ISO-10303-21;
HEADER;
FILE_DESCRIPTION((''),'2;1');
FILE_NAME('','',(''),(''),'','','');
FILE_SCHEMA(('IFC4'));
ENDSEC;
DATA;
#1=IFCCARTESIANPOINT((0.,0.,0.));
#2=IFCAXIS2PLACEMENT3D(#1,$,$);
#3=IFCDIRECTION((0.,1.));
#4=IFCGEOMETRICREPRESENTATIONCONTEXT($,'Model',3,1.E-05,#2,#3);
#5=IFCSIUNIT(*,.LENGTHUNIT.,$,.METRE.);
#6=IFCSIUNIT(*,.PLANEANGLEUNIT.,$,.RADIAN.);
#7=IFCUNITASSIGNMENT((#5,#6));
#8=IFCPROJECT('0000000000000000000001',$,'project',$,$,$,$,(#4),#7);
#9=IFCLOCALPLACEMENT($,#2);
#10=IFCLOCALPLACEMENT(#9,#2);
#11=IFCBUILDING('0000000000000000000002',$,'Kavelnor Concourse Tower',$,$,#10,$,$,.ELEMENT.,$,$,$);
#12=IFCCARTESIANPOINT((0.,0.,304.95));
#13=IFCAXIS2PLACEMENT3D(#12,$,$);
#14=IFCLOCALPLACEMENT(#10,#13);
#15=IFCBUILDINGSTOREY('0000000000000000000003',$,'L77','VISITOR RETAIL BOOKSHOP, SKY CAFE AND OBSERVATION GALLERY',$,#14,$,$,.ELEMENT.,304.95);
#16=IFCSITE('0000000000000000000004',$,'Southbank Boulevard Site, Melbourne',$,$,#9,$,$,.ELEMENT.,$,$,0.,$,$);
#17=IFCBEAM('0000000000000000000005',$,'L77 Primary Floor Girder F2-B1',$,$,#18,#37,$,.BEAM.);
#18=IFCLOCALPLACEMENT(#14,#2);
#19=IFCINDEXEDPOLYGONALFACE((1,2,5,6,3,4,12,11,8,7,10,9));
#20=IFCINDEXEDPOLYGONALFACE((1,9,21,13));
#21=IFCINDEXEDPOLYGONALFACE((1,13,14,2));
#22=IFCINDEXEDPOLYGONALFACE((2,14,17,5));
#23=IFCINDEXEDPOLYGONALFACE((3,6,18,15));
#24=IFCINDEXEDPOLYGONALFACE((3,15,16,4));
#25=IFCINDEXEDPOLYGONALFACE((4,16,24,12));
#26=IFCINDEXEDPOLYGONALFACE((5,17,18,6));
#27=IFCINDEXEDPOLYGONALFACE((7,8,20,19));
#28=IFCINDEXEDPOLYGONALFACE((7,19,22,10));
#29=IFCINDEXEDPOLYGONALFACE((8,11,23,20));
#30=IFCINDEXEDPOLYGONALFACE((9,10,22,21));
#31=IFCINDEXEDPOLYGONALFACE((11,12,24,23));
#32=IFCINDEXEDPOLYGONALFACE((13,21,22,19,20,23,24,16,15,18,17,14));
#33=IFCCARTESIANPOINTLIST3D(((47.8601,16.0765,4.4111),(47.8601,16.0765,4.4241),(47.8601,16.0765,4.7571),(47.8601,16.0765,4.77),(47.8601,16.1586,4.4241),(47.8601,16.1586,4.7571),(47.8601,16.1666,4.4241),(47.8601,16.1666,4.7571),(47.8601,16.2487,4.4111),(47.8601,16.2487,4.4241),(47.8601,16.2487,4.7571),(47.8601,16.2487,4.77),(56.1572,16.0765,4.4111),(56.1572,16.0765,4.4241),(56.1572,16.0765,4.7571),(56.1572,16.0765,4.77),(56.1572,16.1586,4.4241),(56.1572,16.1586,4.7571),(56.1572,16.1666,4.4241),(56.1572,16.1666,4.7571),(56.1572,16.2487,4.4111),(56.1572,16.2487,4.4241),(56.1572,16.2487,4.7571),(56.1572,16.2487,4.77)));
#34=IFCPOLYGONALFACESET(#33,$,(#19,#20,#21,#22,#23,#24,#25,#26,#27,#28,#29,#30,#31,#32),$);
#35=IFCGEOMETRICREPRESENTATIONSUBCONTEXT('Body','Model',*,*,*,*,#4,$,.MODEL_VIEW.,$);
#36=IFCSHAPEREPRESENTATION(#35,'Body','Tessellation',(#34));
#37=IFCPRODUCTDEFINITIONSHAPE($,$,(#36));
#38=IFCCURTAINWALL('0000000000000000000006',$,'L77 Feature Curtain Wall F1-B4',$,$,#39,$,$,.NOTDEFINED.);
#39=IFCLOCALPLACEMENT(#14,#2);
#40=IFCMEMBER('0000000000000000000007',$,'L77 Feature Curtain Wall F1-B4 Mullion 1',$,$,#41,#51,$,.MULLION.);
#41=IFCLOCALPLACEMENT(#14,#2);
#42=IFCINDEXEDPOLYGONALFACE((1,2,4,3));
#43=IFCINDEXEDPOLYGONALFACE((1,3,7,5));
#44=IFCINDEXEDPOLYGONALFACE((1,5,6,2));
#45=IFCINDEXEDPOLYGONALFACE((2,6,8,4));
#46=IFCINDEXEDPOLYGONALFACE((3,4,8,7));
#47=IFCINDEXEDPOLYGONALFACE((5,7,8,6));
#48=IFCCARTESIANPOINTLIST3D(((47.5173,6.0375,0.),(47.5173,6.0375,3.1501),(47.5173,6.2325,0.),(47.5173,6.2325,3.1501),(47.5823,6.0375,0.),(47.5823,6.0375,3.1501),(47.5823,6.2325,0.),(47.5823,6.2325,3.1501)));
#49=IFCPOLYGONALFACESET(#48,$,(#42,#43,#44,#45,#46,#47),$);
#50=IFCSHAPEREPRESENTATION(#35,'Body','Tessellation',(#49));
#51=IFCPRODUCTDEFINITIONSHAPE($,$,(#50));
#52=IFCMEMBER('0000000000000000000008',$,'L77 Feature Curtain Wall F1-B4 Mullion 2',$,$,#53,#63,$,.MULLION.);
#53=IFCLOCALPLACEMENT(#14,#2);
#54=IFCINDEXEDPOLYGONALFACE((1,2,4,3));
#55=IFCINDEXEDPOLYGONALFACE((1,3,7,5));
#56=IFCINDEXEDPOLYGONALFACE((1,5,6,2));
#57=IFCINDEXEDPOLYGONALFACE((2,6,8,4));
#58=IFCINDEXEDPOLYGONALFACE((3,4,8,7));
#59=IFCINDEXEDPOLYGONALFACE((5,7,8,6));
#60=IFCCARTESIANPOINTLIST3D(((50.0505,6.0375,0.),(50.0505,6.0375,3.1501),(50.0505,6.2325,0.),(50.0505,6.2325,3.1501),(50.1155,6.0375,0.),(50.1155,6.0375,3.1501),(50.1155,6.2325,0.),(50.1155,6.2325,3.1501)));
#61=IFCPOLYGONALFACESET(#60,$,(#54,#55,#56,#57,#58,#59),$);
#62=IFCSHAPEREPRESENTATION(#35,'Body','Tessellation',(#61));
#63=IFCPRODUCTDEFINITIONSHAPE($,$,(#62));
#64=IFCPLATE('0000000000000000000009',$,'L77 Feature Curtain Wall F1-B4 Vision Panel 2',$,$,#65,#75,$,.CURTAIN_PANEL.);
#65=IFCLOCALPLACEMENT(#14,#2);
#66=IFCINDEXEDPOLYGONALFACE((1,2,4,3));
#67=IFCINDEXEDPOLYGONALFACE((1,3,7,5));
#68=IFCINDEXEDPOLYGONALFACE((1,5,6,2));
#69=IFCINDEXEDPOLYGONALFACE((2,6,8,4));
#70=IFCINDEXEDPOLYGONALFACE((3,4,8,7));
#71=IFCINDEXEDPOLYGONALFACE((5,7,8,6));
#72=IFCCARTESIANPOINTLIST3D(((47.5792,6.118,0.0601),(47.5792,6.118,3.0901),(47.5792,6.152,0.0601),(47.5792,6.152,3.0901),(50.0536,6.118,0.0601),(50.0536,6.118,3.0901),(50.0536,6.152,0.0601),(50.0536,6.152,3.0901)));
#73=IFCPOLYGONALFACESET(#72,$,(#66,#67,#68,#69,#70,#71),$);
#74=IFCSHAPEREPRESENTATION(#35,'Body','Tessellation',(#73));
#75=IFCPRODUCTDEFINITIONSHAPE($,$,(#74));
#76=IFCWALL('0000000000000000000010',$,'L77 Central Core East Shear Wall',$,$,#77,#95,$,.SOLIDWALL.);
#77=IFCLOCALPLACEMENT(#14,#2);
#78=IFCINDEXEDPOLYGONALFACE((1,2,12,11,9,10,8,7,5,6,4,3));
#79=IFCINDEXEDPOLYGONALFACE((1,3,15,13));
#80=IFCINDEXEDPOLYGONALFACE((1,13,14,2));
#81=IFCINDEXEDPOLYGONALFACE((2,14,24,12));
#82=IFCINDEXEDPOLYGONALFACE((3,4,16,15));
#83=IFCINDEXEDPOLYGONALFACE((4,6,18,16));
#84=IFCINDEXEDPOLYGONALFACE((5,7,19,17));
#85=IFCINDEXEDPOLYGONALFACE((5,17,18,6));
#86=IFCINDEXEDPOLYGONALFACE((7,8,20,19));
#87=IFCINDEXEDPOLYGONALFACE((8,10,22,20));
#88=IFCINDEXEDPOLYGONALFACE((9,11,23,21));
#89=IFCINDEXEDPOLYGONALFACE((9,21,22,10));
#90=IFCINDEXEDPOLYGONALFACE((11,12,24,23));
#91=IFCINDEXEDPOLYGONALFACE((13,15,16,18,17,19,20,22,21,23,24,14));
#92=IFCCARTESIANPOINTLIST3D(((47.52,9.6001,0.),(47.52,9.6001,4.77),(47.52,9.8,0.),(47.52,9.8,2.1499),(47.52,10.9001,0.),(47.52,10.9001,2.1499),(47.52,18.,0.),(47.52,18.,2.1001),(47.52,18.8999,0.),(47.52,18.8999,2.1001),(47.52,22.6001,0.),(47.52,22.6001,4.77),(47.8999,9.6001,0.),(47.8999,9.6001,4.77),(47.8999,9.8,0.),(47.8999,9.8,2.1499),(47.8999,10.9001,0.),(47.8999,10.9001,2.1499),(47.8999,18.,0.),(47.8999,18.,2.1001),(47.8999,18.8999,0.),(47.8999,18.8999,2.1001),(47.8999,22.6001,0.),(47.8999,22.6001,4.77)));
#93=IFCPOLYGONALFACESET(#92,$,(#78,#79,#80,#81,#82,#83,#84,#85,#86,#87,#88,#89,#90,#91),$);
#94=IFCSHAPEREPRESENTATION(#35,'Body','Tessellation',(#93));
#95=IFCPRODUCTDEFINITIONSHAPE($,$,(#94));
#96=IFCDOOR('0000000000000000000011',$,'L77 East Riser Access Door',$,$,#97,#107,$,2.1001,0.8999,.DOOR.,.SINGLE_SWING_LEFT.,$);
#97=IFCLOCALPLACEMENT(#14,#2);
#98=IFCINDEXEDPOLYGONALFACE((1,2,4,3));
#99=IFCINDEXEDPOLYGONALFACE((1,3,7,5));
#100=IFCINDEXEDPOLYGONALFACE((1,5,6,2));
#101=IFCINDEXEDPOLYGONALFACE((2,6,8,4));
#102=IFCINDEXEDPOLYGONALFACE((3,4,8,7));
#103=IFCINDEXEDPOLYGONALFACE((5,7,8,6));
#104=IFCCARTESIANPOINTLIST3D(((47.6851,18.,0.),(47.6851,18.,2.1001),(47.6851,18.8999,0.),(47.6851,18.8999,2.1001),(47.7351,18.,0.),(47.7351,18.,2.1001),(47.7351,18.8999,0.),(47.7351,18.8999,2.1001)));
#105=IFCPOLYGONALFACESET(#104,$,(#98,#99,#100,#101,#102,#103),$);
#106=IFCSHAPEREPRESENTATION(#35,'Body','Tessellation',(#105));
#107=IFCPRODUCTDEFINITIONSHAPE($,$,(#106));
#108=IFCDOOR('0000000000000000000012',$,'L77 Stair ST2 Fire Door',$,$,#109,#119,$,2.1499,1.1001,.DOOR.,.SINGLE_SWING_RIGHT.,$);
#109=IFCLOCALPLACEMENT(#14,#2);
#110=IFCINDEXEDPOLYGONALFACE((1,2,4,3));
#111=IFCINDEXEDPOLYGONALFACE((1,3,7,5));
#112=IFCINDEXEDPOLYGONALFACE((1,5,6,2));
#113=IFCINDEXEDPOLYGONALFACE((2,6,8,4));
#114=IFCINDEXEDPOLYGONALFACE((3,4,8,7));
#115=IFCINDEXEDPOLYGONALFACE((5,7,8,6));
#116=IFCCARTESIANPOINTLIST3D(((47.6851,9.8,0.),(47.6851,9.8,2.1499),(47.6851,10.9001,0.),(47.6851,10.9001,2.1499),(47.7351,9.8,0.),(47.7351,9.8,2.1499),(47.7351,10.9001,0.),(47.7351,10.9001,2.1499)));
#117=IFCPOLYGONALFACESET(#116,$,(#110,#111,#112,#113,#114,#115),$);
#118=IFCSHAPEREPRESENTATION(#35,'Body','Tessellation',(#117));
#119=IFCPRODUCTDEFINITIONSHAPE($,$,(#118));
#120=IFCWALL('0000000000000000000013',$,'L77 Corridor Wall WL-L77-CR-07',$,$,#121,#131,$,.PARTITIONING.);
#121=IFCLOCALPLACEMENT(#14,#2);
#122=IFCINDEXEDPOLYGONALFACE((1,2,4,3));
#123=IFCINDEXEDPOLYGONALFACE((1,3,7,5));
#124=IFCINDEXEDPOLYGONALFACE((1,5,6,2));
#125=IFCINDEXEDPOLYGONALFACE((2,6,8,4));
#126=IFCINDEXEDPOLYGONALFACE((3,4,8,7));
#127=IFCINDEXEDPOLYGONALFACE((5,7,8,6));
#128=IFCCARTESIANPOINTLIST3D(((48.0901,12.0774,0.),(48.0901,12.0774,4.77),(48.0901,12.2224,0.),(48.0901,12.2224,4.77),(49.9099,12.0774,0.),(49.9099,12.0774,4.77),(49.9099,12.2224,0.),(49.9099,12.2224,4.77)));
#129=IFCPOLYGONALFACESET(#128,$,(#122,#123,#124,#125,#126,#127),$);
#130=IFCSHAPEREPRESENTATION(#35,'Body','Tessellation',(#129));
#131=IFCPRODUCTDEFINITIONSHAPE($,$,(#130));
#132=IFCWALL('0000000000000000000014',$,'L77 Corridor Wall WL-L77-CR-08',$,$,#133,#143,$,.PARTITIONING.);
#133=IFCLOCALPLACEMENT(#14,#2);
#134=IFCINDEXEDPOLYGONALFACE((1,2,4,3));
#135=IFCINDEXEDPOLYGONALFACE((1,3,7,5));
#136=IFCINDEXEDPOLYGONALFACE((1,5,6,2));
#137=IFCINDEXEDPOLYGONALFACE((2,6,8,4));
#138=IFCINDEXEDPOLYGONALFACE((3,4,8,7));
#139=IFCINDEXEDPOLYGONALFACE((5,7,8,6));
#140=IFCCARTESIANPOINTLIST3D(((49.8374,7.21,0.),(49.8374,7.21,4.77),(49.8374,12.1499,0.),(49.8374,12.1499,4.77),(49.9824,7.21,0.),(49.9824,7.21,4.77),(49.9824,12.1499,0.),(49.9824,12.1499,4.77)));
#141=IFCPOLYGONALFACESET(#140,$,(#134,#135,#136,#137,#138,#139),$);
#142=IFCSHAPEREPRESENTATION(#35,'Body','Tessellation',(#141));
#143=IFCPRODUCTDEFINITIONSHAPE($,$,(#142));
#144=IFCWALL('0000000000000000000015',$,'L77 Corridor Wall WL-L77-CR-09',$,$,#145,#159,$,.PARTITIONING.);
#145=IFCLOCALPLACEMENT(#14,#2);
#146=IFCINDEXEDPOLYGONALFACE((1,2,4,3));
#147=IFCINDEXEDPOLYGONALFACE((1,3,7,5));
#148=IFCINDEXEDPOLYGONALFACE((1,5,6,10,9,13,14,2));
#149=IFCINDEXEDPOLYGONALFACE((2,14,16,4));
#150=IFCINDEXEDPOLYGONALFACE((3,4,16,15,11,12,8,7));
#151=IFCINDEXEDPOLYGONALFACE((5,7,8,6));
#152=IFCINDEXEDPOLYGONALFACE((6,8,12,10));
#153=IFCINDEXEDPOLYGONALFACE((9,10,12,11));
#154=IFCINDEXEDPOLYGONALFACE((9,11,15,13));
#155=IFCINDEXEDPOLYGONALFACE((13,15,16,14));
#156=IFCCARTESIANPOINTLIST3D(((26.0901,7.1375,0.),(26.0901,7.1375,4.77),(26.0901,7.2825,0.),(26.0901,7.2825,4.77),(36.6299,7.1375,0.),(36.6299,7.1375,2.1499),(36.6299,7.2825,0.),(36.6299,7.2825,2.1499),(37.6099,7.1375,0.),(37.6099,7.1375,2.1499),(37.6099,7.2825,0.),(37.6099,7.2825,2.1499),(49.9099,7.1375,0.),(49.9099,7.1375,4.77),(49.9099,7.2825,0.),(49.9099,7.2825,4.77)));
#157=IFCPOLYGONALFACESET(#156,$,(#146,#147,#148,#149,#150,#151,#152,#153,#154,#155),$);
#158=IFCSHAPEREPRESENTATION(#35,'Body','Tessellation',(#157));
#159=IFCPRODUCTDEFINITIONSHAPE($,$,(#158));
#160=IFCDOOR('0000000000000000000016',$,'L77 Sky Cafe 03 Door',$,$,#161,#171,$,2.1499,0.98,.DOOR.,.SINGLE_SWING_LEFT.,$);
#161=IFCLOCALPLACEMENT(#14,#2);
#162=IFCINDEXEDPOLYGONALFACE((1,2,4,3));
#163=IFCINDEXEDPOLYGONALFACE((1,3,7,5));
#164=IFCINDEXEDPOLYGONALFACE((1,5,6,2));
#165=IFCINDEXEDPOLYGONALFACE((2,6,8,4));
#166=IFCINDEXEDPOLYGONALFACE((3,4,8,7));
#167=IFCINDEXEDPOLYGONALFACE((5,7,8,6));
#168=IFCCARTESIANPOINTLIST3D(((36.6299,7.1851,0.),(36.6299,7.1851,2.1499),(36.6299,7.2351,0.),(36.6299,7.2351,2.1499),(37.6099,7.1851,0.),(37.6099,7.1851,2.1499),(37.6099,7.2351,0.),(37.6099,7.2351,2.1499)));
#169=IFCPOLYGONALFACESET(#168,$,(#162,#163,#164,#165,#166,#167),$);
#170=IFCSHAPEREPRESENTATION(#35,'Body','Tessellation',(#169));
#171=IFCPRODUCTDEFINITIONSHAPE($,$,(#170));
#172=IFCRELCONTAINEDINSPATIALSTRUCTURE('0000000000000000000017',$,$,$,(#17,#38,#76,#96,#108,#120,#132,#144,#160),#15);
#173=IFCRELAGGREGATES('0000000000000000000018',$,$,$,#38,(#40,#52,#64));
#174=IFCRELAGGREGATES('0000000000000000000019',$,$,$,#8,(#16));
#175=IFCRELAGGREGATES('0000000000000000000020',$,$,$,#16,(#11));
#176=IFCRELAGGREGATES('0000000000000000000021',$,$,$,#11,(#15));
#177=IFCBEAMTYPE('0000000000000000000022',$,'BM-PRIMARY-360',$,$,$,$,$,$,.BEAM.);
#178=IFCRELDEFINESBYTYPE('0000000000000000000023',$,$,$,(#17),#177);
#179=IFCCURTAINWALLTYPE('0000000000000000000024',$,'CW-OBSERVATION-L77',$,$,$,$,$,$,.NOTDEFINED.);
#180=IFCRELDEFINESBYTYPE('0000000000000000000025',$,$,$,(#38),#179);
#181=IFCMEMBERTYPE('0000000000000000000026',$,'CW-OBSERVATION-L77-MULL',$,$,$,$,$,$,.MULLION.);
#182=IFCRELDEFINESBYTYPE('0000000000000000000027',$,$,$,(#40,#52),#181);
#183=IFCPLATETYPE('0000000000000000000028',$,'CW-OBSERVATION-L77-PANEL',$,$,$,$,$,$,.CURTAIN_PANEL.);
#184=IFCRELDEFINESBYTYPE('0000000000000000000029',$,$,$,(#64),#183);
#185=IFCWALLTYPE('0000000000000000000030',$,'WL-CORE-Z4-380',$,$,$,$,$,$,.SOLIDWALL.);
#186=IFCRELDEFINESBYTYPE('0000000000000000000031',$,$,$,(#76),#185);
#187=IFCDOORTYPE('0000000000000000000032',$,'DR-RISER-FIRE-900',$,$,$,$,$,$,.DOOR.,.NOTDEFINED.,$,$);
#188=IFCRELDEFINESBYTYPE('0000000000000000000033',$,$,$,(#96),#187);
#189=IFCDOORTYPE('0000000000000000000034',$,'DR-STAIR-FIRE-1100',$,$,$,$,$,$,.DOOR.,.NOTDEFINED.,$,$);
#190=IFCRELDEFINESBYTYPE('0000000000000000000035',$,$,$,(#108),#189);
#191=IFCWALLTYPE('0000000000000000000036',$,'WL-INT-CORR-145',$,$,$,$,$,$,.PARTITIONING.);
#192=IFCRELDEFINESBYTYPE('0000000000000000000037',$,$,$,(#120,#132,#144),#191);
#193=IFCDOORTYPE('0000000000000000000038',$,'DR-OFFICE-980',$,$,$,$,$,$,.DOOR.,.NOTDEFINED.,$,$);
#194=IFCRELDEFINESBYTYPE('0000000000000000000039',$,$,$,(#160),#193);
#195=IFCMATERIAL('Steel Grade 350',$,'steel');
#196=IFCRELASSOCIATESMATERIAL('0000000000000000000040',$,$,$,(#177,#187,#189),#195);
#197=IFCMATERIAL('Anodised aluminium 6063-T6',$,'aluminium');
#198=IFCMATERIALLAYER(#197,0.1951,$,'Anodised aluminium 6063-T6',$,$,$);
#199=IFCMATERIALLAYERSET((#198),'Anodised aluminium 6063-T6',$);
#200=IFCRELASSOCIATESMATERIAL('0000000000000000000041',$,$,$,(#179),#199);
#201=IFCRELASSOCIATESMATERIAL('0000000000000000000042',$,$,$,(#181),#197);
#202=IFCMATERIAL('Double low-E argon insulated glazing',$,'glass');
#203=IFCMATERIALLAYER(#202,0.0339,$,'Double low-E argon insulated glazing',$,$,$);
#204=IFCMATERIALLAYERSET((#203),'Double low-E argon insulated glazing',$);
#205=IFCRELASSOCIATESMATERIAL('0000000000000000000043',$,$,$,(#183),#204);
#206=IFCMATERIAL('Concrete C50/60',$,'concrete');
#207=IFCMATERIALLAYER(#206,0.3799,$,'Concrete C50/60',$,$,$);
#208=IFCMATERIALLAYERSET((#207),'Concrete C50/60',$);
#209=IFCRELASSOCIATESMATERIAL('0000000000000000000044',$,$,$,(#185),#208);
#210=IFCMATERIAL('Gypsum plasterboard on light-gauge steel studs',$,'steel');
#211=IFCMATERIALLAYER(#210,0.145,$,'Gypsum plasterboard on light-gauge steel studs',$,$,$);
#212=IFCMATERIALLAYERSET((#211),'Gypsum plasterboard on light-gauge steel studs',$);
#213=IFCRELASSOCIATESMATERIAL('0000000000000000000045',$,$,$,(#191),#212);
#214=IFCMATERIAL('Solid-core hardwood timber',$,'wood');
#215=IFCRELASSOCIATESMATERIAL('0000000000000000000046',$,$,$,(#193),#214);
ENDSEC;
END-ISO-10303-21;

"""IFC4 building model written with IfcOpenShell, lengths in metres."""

from ifc_helpers import new_model, si_unit, direction, frame, frame_2d, origin, origin_2d, place, context, subcontext, project, spatial, rectangle, i_section, extrude, material, layer, layer_set, material_profile, profile_set, type_object, element, fill, aggregate, save


model = new_model("IFC4")

# Units and contexts
model_context = context("Model", 3, precision=1e-05, world=origin(), true_north=direction((0.0, 1.0)))
body_context = subcontext(model_context, "Body", "Model", "MODEL_VIEW")
ifc_project = project(units=[si_unit("LENGTHUNIT", "METRE"), si_unit("PLANEANGLEUNIT", "RADIAN")], contexts=[model_context])

# Site, building, storey
site_placement = place(None, origin())
site = spatial("IfcSite", under=ifc_project, at=site_placement, Name="Southbank Boulevard Site, Melbourne", CompositionType="ELEMENT", RefElevation=0.0)
building_placement = place(site_placement, origin())
building = spatial("IfcBuilding", under=site, at=building_placement, Name="Kavelnor Concourse Tower", CompositionType="ELEMENT")
storey_placement = place(building_placement, frame((0.0, 0.0, 304.95)))
storey = spatial("IfcBuildingStorey", under=building, at=storey_placement, Name="L77", Description="VISITOR RETAIL BOOKSHOP, SKY CAFE AND OBSERVATION GALLERY", CompositionType="ELEMENT", Elevation=304.95)

# Shared definitions
ifc_material_1 = material(Name="Steel Grade 350", Category="steel")

# Beam
ifc_material_profile_1 = material_profile(ifc_material_1, i_section(OverallWidth=0.1721, OverallDepth=0.3589, WebThickness=0.0081, FlangeThickness=0.0129, at=origin_2d()), Name="360UB56")
ifc_profile_set_1 = profile_set([ifc_material_profile_1], Name="Steel Grade 350")
beam_type_1 = type_object("IfcBeamType", Name="BM-PRIMARY-360", PredefinedType="BEAM", material=ifc_profile_set_1)
beam_1_placement = place(storey_placement, frame((47.8601, 16.1626, 4.5906), z_axis=(1.0, 0.0, 0.0), x_axis=(0.0, 1.0, 0.0)))
element("IfcBeam", 1, at=beam_1_placement, inside=storey, type_object=beam_type_1, Name="L77 Primary Floor Girder F2-B1", PredefinedType="BEAM", context=body_context, shape_type="SweptSolid", body=[
    extrude(i_section(OverallWidth=0.1721, OverallDepth=0.3589, WebThickness=0.0081, FlangeThickness=0.0129, at=origin_2d()), origin(), (0.0, 0.0, 1.0), 8.2971),
])

# Curtain wall, members, plate
ifc_material_2 = material(Name="Anodised aluminium 6063-T6", Category="aluminium")
ifc_layer_1 = layer(ifc_material_2, 0.1951, Name="Anodised aluminium 6063-T6")
ifc_layer_set_1 = layer_set([ifc_layer_1], Name="Anodised aluminium 6063-T6")
curtain_wall_type = type_object("IfcCurtainWallType", Name="CW-OBSERVATION-L77", PredefinedType="NOTDEFINED", material=ifc_layer_set_1)
curtain_wall_placement = place(storey_placement, origin())
curtain_wall = element("IfcCurtainWall", 2, at=curtain_wall_placement, inside=storey, type_object=curtain_wall_type, Name="L77 Feature Curtain Wall F1-B4", PredefinedType="NOTDEFINED")
ifc_material_profile_2 = material_profile(ifc_material_2, rectangle(XDim=0.0649, YDim=0.1951, at=origin_2d()), Name="AL-MULL 65x195")
ifc_profile_set_2 = profile_set([ifc_material_profile_2], Name="Anodised aluminium 6063-T6")
member_type = type_object("IfcMemberType", Name="CW-OBSERVATION-L77-MULL", PredefinedType="MULLION", material=ifc_profile_set_2)
member_1_placement = place(storey_placement, frame((47.5498, 6.135, 0.0), z_axis=(0.0, 0.0, 1.0), x_axis=(1.0, 0.0, 0.0)))
member_1 = element("IfcMember", 3, at=member_1_placement, type_object=member_type, Name="L77 Feature Curtain Wall F1-B4 Mullion 1", PredefinedType="MULLION", context=body_context, shape_type="SweptSolid", body=[
    extrude(rectangle(XDim=0.0649, YDim=0.1951, at=origin_2d()), origin(), (0.0, 0.0, 1.0), 3.1501),
])
member_2_placement = place(storey_placement, frame((50.083, 6.135, 0.0), z_axis=(0.0, 0.0, 1.0), x_axis=(1.0, 0.0, 0.0)))
member_2 = element("IfcMember", 4, at=member_2_placement, type_object=member_type, Name="L77 Feature Curtain Wall F1-B4 Mullion 2", PredefinedType="MULLION", context=body_context, shape_type="SweptSolid", body=[
    extrude(rectangle(XDim=0.0649, YDim=0.1951, at=origin_2d()), origin(), (0.0, 0.0, 1.0), 3.1501),
])
ifc_material_3 = material(Name="Double low-E argon insulated glazing", Category="glass")
ifc_layer_2 = layer(ifc_material_3, 0.0339, Name="Double low-E argon insulated glazing")
ifc_layer_set_2 = layer_set([ifc_layer_2], Name="Double low-E argon insulated glazing")
plate_type = type_object("IfcPlateType", Name="CW-OBSERVATION-L77-PANEL", PredefinedType="CURTAIN_PANEL", material=ifc_layer_set_2)
plate_placement = place(storey_placement, frame((48.8164, 6.135, 0.0601), z_axis=(0.0, 0.0, 1.0), x_axis=(1.0, 0.0, 0.0)))
plate = element("IfcPlate", 5, at=plate_placement, type_object=plate_type, Name="L77 Feature Curtain Wall F1-B4 Vision Panel 2", PredefinedType="CURTAIN_PANEL", context=body_context, shape_type="SweptSolid", body=[
    extrude(rectangle(XDim=2.4744, YDim=0.0339, at=origin_2d()), origin(), (0.0, 0.0, 1.0), 3.03),
])
aggregate(curtain_wall, [member_1, member_2, plate])

# Wall, openings, doors
ifc_material_4 = material(Name="Concrete C50/60", Category="concrete")
ifc_layer_3 = layer(ifc_material_4, 0.3799, Name="Concrete C50/60")
ifc_layer_set_3 = layer_set([ifc_layer_3], Name="Concrete C50/60")
wall_type_1 = type_object("IfcWallType", Name="WL-CORE-Z4-380", PredefinedType="SOLIDWALL", material=ifc_layer_set_3)
wall_1_placement = place(storey_placement, frame((47.71, 9.6001, 0.0), z_axis=(0.0, 0.0, 1.0), x_axis=(0.0, 1.0, 0.0)))
wall_1 = element("IfcWall", 6, at=wall_1_placement, inside=storey, type_object=wall_type_1, Name="L77 Central Core East Shear Wall", PredefinedType="SOLIDWALL", context=body_context, shape_type="SweptSolid", body=[
    extrude(rectangle(XDim=13.0, YDim=0.3799, at=frame_2d((6.5, 0.0))), origin(), (0.0, 0.0, 1.0), 4.77),
])
opening_1_placement = place(wall_1_placement, frame((0.2, 0.0, 0.0)))
opening_1 = element("IfcOpeningElement", 7, at=opening_1_placement, cuts=wall_1, PredefinedType="OPENING", context=body_context, shape_type="SweptSolid", body=[
    extrude(rectangle(XDim=1.1001, YDim=2.1499, at=frame_2d((0.55, 1.075))), frame((0.0, 0.2, 0.0), z_axis=(0.0, -1.0, 0.0), x_axis=(1.0, 0.0, 0.0)), (0.0, 0.0, 1.0), 0.3999),
])
opening_2_placement = place(wall_1_placement, frame((8.3999, 0.0, 0.0)))
opening_2 = element("IfcOpeningElement", 8, at=opening_2_placement, cuts=wall_1, PredefinedType="OPENING", context=body_context, shape_type="SweptSolid", body=[
    extrude(rectangle(XDim=0.8999, YDim=2.1001, at=frame_2d((0.45, 1.05))), frame((0.0, 0.2, 0.0), z_axis=(0.0, -1.0, 0.0), x_axis=(1.0, 0.0, 0.0)), (0.0, 0.0, 1.0), 0.3999),
])
door_type_1 = type_object("IfcDoorType", Name="DR-RISER-FIRE-900", OperationType="NOTDEFINED", PredefinedType="DOOR", material=ifc_material_1)
door_1_placement = place(opening_2_placement, origin())
door_1 = element("IfcDoor", 9, at=door_1_placement, inside=storey, type_object=door_type_1, Name="L77 East Riser Access Door", OperationType="SINGLE_SWING_LEFT", OverallHeight=2.1001, OverallWidth=0.8999, PredefinedType="DOOR", context=body_context, shape_type="SweptSolid", body=[
    extrude(rectangle(XDim=0.8999, YDim=2.1001, at=frame_2d((0.45, 1.05))), frame((0.0, 0.0249, 0.0), z_axis=(0.0, -1.0, 0.0), x_axis=(1.0, 0.0, 0.0)), (0.0, 0.0, 1.0), 0.05),
])
fill(opening_2, door_1)
door_type_2 = type_object("IfcDoorType", Name="DR-STAIR-FIRE-1100", OperationType="NOTDEFINED", PredefinedType="DOOR", material=ifc_material_1)
door_2_placement = place(opening_1_placement, origin())
door_2 = element("IfcDoor", 10, at=door_2_placement, inside=storey, type_object=door_type_2, Name="L77 Stair ST2 Fire Door", OperationType="SINGLE_SWING_RIGHT", OverallHeight=2.1499, OverallWidth=1.1001, PredefinedType="DOOR", context=body_context, shape_type="SweptSolid", body=[
    extrude(rectangle(XDim=1.1001, YDim=2.1499, at=frame_2d((0.55, 1.075))), frame((0.0, 0.0249, 0.0), z_axis=(0.0, -1.0, 0.0), x_axis=(1.0, 0.0, 0.0)), (0.0, 0.0, 1.0), 0.05),
])
fill(opening_1, door_2)

# Walls
ifc_material_5 = material(Name="Gypsum plasterboard on light-gauge steel studs", Category="steel")
ifc_layer_4 = layer(ifc_material_5, 0.145, Name="Gypsum plasterboard on light-gauge steel studs")
ifc_layer_set_4 = layer_set([ifc_layer_4], Name="Gypsum plasterboard on light-gauge steel studs")
wall_type_2 = type_object("IfcWallType", Name="WL-INT-CORR-145", PredefinedType="PARTITIONING", material=ifc_layer_set_4)
wall_2_placement = place(storey_placement, frame((48.0901, 12.1499, 0.0), z_axis=(0.0, 0.0, 1.0), x_axis=(1.0, 0.0, 0.0)))
element("IfcWall", 11, at=wall_2_placement, inside=storey, type_object=wall_type_2, Name="L77 Corridor Wall WL-L77-CR-07", PredefinedType="PARTITIONING", context=body_context, shape_type="SweptSolid", body=[
    extrude(rectangle(XDim=1.8198, YDim=0.145, at=frame_2d((0.9099, 0.0))), origin(), (0.0, 0.0, 1.0), 4.77),
])
wall_3_placement = place(storey_placement, frame((49.9099, 12.1499, 0.0), z_axis=(0.0, 0.0, 1.0), x_axis=(0.0, -1.0, 0.0)))
element("IfcWall", 12, at=wall_3_placement, inside=storey, type_object=wall_type_2, Name="L77 Corridor Wall WL-L77-CR-08", PredefinedType="PARTITIONING", context=body_context, shape_type="SweptSolid", body=[
    extrude(rectangle(XDim=4.9399, YDim=0.145, at=frame_2d((2.47, 0.0))), origin(), (0.0, 0.0, 1.0), 4.77),
])

# Wall, opening, door
wall_4_placement = place(storey_placement, frame((49.9099, 7.21, 0.0), z_axis=(0.0, 0.0, 1.0), x_axis=(-1.0, 0.0, 0.0)))
wall_4 = element("IfcWall", 13, at=wall_4_placement, inside=storey, type_object=wall_type_2, Name="L77 Corridor Wall WL-L77-CR-09", PredefinedType="PARTITIONING", context=body_context, shape_type="SweptSolid", body=[
    extrude(rectangle(XDim=23.8198, YDim=0.145, at=frame_2d((11.9099, 0.0))), origin(), (0.0, 0.0, 1.0), 4.77),
])
opening_3_placement = place(wall_4_placement, frame((12.3, 0.0, 0.0)))
opening_3 = element("IfcOpeningElement", 14, at=opening_3_placement, cuts=wall_4, PredefinedType="OPENING", context=body_context, shape_type="SweptSolid", body=[
    extrude(rectangle(XDim=0.98, YDim=2.1499, at=frame_2d((0.49, 1.075))), frame((0.0, 0.0825, 0.0), z_axis=(0.0, -1.0, 0.0), x_axis=(1.0, 0.0, 0.0)), (0.0, 0.0, 1.0), 0.165),
])
ifc_material_6 = material(Name="Solid-core hardwood timber", Category="wood")
door_type_3 = type_object("IfcDoorType", Name="DR-OFFICE-980", OperationType="NOTDEFINED", PredefinedType="DOOR", material=ifc_material_6)
door_3_placement = place(opening_3_placement, origin())
door_3 = element("IfcDoor", 15, at=door_3_placement, inside=storey, type_object=door_type_3, Name="L77 Sky Cafe 03 Door", OperationType="SINGLE_SWING_LEFT", OverallHeight=2.1499, OverallWidth=0.98, PredefinedType="DOOR", context=body_context, shape_type="SweptSolid", body=[
    extrude(rectangle(XDim=0.98, YDim=2.1499, at=frame_2d((0.49, 1.075))), frame((0.0, 0.0249, 0.0), z_axis=(0.0, -1.0, 0.0), x_axis=(1.0, 0.0, 0.0)), (0.0, 0.0, 1.0), 0.05),
])
fill(opening_3, door_3)

save(model, "model.ifc")
